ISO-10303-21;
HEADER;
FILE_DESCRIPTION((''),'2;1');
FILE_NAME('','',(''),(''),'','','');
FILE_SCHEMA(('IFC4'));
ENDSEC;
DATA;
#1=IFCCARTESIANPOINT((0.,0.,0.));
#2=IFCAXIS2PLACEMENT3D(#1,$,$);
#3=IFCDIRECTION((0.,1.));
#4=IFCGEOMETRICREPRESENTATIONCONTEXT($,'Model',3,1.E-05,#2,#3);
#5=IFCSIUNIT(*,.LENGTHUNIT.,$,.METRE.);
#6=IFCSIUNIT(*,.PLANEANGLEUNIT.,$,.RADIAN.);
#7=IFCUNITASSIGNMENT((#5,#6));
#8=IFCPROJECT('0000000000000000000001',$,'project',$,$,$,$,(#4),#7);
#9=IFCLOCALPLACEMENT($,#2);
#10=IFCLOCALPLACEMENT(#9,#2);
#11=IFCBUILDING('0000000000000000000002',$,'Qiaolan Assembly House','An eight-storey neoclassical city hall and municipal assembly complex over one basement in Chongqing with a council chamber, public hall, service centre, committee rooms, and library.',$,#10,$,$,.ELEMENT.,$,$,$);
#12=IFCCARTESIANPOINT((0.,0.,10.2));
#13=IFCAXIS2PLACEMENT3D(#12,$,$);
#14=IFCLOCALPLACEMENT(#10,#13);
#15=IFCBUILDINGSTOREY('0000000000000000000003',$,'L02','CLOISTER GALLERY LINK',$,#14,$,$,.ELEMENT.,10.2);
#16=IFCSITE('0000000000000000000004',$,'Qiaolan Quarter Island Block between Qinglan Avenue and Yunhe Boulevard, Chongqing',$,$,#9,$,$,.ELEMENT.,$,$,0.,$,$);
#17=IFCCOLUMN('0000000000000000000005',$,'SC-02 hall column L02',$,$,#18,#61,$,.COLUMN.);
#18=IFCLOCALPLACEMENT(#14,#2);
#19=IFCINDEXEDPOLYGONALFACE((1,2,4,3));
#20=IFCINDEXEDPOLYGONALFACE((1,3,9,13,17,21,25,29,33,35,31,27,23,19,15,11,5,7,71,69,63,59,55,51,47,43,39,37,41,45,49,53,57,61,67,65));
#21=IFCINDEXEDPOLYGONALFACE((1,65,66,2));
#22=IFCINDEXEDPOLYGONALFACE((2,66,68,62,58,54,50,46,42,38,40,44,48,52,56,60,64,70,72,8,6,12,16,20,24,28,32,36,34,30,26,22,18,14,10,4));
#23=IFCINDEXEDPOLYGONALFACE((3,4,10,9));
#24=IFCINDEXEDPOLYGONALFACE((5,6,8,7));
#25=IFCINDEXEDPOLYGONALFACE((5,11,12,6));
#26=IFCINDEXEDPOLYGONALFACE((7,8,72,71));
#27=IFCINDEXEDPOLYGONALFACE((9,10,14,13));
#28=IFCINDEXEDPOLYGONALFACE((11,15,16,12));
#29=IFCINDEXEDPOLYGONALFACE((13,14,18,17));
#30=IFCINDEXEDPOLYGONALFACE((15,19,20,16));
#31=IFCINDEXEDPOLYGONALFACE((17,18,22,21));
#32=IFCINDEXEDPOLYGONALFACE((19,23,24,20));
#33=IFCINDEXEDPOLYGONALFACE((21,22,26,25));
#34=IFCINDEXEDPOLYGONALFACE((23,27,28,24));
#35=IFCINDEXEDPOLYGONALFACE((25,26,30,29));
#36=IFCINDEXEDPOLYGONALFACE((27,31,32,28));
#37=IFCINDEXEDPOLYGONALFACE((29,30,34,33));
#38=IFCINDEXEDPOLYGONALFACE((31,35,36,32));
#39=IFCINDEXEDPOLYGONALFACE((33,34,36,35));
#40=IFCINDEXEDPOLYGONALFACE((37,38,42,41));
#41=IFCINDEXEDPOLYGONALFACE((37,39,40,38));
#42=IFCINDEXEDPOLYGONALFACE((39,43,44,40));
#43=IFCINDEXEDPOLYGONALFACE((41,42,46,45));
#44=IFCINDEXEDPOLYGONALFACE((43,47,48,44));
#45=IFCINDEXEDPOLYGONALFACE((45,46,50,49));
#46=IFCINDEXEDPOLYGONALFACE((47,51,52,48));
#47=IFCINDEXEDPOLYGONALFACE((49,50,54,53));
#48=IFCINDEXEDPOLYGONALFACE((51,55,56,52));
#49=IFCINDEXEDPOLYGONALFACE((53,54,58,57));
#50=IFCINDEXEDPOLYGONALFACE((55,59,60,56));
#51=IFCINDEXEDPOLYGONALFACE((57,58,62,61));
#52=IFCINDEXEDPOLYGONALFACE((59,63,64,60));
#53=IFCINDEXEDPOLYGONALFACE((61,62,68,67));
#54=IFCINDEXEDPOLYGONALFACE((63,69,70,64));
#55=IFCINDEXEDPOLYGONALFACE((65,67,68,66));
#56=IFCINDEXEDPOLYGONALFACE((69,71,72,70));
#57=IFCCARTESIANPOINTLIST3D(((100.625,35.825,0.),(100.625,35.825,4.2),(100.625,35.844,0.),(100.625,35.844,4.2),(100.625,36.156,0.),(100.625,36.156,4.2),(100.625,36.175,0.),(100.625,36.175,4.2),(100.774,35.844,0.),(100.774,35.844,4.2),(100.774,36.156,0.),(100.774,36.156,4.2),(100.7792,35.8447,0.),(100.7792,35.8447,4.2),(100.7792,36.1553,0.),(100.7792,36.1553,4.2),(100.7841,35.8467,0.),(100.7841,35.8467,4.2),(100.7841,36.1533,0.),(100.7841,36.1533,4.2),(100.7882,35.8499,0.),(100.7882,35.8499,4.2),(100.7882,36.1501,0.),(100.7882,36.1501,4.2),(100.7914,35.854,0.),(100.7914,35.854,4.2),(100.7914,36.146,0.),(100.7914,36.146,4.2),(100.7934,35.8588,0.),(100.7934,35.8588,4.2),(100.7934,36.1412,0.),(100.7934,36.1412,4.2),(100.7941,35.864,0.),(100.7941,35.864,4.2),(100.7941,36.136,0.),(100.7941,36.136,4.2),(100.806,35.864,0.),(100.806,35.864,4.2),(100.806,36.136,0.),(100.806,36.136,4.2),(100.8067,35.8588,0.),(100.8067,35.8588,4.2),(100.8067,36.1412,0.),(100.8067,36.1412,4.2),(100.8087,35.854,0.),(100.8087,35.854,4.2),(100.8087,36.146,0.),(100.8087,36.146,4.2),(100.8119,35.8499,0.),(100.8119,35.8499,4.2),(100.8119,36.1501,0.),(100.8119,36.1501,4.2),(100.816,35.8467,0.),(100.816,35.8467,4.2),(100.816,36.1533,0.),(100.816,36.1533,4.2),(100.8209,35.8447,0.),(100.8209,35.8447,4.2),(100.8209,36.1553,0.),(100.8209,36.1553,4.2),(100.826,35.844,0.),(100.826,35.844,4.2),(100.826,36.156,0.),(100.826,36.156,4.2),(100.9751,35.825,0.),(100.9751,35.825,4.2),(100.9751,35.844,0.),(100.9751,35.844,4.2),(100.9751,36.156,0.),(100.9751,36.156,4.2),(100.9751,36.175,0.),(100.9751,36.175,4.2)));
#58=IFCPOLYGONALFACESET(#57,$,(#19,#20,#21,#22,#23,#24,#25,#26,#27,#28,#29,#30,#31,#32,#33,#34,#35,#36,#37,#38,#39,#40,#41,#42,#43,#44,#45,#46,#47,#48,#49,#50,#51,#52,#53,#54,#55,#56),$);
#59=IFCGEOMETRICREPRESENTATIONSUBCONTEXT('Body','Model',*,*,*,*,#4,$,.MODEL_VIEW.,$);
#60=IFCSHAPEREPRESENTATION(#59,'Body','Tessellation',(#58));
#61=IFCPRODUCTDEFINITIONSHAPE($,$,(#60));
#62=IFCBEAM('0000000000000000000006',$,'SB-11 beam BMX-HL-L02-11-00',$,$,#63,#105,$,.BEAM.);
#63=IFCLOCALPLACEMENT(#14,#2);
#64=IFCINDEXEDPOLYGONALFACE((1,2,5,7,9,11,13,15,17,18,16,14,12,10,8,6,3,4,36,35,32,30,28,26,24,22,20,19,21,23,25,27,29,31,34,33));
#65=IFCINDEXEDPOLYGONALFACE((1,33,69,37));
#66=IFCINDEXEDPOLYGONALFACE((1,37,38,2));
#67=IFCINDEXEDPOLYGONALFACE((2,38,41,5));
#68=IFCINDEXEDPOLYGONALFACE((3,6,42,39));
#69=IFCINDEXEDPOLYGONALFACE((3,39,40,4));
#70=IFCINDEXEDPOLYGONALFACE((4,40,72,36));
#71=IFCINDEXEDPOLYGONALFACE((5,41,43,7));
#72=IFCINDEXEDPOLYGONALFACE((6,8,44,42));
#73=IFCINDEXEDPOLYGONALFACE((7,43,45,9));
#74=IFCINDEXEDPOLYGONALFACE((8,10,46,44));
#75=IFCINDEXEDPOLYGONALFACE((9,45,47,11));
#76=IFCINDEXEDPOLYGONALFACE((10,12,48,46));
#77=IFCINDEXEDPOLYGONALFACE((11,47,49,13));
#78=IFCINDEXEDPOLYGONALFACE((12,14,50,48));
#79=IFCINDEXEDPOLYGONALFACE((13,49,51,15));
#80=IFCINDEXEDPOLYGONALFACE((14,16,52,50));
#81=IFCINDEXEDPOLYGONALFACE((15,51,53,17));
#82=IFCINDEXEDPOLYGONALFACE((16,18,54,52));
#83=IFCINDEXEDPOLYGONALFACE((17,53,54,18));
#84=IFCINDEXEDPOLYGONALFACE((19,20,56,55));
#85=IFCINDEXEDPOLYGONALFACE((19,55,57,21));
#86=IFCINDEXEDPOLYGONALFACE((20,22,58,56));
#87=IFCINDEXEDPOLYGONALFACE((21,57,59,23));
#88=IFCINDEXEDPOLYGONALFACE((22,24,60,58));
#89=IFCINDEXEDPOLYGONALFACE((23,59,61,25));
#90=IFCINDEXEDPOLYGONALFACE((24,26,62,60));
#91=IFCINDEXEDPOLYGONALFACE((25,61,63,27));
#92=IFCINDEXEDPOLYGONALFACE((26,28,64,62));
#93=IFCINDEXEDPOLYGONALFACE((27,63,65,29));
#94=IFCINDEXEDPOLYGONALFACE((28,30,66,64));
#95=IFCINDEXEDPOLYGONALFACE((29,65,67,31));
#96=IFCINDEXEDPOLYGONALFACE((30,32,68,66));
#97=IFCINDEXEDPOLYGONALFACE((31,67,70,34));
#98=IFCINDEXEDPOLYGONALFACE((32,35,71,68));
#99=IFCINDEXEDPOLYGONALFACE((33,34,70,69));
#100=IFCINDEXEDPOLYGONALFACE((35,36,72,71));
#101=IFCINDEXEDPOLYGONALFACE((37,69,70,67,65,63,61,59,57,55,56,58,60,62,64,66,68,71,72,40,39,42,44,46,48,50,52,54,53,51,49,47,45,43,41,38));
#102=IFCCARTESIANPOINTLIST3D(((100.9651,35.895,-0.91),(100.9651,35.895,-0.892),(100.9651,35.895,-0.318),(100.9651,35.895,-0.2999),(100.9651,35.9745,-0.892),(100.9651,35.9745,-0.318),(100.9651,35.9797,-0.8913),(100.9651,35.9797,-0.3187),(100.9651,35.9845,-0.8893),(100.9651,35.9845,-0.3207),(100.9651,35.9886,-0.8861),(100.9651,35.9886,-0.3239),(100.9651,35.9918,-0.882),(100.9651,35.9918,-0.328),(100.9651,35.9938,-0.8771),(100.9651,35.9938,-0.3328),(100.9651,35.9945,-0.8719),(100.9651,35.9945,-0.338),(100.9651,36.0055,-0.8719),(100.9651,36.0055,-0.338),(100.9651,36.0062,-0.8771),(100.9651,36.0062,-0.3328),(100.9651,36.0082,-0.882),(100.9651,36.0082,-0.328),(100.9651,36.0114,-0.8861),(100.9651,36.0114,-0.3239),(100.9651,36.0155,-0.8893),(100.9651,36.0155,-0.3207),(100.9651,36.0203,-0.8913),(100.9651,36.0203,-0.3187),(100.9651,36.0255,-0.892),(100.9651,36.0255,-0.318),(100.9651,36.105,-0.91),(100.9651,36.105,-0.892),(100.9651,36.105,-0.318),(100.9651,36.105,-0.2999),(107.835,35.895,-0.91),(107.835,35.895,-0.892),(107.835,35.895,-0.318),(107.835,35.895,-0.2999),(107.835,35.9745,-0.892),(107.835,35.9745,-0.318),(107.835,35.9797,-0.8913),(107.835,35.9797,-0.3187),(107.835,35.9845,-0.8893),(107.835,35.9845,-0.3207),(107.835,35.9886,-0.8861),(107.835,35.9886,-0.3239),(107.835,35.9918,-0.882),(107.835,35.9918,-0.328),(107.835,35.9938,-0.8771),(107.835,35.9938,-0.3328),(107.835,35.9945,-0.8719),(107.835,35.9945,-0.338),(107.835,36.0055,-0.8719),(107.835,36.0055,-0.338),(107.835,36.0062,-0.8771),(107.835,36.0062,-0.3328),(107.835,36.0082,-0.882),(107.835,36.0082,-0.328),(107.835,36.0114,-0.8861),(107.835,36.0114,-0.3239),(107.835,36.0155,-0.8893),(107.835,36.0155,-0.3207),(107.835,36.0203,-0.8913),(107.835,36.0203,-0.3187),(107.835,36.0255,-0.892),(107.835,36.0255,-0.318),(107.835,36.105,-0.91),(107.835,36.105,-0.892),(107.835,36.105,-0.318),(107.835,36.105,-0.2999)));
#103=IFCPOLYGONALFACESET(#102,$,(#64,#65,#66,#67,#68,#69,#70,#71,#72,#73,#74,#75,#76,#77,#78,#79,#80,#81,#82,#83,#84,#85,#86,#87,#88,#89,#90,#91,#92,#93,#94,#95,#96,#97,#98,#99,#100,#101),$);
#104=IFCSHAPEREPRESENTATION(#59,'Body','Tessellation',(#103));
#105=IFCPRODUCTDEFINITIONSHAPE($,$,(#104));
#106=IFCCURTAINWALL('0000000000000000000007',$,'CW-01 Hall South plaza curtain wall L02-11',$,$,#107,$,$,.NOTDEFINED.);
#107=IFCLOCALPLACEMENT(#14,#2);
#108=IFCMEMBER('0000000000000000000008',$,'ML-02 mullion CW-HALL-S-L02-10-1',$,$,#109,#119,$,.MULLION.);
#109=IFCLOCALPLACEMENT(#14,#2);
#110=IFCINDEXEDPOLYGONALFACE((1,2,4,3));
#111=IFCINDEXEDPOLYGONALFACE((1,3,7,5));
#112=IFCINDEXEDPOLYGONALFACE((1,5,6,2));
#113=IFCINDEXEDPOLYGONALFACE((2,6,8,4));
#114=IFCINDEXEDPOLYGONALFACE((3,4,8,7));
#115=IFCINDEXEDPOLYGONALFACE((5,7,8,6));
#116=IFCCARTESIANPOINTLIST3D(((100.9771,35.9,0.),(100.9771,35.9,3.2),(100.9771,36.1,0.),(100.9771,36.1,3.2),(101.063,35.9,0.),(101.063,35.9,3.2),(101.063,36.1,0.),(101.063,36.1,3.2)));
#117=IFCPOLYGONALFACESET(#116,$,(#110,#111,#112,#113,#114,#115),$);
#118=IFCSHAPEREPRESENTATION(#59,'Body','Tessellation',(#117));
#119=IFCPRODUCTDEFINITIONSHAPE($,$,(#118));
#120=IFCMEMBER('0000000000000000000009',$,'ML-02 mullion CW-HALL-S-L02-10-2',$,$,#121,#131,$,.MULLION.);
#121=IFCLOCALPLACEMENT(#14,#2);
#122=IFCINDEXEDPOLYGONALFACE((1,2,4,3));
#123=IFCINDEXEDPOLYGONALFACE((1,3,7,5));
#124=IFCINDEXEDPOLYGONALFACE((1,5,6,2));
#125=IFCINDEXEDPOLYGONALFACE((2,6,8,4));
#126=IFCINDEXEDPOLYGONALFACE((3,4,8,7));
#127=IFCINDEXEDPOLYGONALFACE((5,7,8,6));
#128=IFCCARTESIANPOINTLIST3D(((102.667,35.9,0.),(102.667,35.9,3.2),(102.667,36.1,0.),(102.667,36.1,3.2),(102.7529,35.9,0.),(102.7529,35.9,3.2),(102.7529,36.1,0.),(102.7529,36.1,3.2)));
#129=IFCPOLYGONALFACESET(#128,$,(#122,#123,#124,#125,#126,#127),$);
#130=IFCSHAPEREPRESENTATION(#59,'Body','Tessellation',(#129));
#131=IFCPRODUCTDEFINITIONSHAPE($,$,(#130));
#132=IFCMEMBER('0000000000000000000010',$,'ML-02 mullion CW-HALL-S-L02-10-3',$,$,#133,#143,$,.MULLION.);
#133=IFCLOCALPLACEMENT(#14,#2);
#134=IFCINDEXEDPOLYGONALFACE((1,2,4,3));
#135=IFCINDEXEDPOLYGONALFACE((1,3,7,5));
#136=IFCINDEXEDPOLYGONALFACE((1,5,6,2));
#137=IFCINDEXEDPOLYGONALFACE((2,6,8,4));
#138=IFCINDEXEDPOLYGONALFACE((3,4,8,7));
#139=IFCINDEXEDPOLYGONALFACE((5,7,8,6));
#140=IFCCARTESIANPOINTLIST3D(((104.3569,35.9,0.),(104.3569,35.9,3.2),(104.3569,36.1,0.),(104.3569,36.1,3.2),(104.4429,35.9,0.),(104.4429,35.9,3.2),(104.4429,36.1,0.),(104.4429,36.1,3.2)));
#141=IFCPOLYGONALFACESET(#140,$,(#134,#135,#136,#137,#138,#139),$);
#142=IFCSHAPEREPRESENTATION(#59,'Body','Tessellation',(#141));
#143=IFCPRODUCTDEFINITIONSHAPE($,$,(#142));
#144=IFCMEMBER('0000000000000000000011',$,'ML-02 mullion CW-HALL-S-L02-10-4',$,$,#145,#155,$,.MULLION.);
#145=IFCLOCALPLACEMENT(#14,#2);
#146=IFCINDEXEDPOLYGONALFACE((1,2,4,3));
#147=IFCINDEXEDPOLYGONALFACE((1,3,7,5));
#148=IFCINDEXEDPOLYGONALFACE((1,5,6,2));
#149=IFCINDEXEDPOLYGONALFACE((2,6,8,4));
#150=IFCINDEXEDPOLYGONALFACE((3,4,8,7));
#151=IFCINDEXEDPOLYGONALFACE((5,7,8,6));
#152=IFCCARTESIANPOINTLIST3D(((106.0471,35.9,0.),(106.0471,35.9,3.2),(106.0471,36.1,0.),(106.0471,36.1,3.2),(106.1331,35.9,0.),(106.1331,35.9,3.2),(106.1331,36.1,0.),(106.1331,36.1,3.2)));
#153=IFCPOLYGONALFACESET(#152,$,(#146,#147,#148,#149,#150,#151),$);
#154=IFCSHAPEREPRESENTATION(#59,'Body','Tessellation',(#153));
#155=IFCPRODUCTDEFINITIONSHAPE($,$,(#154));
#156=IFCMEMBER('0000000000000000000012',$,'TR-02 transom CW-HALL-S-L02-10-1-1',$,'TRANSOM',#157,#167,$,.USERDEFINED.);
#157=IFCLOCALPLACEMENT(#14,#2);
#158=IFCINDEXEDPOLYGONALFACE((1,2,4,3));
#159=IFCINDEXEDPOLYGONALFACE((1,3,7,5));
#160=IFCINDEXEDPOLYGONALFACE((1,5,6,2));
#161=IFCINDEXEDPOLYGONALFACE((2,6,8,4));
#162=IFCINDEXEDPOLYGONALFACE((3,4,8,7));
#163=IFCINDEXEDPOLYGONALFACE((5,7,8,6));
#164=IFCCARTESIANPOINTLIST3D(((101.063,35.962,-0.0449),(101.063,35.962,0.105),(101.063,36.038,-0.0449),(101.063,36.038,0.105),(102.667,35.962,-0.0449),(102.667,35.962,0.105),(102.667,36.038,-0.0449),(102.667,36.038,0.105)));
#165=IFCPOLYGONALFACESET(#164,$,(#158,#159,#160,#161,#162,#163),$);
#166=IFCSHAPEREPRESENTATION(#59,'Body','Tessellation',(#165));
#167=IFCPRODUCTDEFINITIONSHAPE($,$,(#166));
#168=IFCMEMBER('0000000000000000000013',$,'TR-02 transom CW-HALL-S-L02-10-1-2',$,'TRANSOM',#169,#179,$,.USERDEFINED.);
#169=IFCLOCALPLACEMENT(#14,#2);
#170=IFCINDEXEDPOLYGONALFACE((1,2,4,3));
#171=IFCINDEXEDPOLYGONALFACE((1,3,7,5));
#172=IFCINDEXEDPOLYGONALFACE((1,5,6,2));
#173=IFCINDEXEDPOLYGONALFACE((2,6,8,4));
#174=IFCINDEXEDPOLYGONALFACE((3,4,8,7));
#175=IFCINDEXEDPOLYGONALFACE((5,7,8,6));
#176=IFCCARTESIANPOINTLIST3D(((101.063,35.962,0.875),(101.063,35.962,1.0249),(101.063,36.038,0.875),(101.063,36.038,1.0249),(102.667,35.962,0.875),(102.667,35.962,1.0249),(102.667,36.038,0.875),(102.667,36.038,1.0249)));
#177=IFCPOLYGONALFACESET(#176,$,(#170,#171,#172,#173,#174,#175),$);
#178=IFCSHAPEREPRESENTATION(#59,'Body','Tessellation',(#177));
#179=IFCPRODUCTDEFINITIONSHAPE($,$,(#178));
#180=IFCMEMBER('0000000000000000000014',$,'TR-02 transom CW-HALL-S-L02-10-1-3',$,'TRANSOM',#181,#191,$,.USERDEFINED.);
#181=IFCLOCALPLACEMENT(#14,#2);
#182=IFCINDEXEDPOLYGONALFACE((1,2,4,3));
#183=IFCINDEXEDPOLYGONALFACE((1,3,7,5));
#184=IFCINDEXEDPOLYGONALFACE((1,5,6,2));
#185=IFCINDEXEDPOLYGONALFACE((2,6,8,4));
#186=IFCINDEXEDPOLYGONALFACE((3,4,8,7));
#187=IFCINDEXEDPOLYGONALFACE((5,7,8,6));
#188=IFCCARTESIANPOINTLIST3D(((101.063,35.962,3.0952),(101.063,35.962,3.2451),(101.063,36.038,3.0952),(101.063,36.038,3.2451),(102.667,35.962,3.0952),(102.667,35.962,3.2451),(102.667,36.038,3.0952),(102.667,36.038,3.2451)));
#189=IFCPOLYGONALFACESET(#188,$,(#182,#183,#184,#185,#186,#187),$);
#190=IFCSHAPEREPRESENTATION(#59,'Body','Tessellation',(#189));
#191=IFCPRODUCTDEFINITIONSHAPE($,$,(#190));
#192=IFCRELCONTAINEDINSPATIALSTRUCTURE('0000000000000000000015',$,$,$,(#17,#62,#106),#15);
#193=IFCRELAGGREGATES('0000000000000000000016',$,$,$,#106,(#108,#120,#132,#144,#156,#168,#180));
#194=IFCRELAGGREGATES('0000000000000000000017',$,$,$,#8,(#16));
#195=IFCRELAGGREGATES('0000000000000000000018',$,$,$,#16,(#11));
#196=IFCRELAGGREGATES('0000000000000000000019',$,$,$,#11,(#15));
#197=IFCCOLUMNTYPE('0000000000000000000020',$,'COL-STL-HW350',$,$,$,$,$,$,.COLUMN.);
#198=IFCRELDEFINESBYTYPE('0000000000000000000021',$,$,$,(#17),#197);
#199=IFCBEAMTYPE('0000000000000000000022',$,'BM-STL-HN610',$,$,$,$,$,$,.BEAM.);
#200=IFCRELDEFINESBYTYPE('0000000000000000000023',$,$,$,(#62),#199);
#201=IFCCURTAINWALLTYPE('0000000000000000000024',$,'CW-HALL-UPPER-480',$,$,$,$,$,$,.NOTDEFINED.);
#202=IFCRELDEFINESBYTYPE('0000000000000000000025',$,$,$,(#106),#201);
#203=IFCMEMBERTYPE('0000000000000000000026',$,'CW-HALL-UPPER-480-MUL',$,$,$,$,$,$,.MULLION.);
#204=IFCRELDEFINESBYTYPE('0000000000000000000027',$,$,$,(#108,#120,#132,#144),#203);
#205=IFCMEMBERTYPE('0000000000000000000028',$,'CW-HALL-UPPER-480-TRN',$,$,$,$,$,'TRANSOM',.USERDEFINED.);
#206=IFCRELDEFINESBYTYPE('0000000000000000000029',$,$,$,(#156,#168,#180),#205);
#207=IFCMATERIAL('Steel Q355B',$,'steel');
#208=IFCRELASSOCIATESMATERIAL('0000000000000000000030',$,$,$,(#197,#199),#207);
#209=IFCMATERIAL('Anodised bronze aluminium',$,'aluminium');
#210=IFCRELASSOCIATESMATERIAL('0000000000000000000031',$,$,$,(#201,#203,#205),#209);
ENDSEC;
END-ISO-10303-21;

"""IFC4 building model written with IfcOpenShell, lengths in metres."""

from ifc_helpers import new_model, si_unit, direction, frame, origin, origin_2d, place, context, subcontext, project, spatial, rectangle, i_section, extrude, material, material_profile, profile_set, type_object, element, aggregate, save


model = new_model("IFC4")

# Units and contexts
model_context = context("Model", 3, precision=1e-05, world=origin(), true_north=direction((0.0, 1.0)))
body_context = subcontext(model_context, "Body", "Model", "MODEL_VIEW")
ifc_project = project(units=[si_unit("LENGTHUNIT", "METRE"), si_unit("PLANEANGLEUNIT", "RADIAN")], contexts=[model_context])

# Site, building, storey
site_placement = place(None, origin())
site = spatial("IfcSite", under=ifc_project, at=site_placement, Name="Qiaolan Quarter Island Block between Qinglan Avenue and Yunhe Boulevard, Chongqing", CompositionType="ELEMENT", RefElevation=0.0)
building_placement = place(site_placement, origin())
building = spatial("IfcBuilding", under=site, at=building_placement, Name="Qiaolan Assembly House", Description="An eight-storey neoclassical city hall and municipal assembly complex over one basement in Chongqing with a council chamber, public hall, service centre, committee rooms, and library.", CompositionType="ELEMENT")
storey_placement = place(building_placement, frame((0.0, 0.0, 10.2)))
storey = spatial("IfcBuildingStorey", under=building, at=storey_placement, Name="L02", Description="CLOISTER GALLERY LINK", CompositionType="ELEMENT", Elevation=10.2)

# Column
ifc_material_1 = material(Name="Steel Q355B", Category="steel")
ifc_material_profile_1 = material_profile(ifc_material_1, i_section(OverallWidth=0.3501, OverallDepth=0.3501, WebThickness=0.012, FlangeThickness=0.019, FilletRadius=0.02, at=origin_2d()), Name="HW 350x350x12x19")
ifc_profile_set_1 = profile_set([ifc_material_profile_1], Name="Steel Q355B")
column_type = type_object("IfcColumnType", Name="COL-STL-HW350", PredefinedType="COLUMN", material=ifc_profile_set_1)
column_placement = place(storey_placement, frame((100.8, 36.0, 0.0), z_axis=(0.0, 0.0, 1.0), x_axis=(1.0, 0.0, 0.0)))
element("IfcColumn", 1, at=column_placement, inside=storey, type_object=column_type, Name="SC-02 hall column L02", PredefinedType="COLUMN", context=body_context, shape_type="SweptSolid", body=[
    extrude(i_section(OverallWidth=0.3501, OverallDepth=0.3501, WebThickness=0.012, FlangeThickness=0.019, FilletRadius=0.02, at=origin_2d()), origin(), (0.0, 0.0, 1.0), 4.2),
])

# Beam
ifc_material_profile_2 = material_profile(ifc_material_1, i_section(OverallWidth=0.21, OverallDepth=0.6101, WebThickness=0.011, FlangeThickness=0.0181, FilletRadius=0.02, at=origin_2d()), Name="HN 610x210x11x18")
ifc_profile_set_2 = profile_set([ifc_material_profile_2], Name="Steel Q355B")
beam_type = type_object("IfcBeamType", Name="BM-STL-HN610", PredefinedType="BEAM", material=ifc_profile_set_2)
beam_placement = place(storey_placement, frame((100.9651, 36.0, -0.605), z_axis=(1.0, 0.0, 0.0), x_axis=(0.0, 1.0, 0.0)))
element("IfcBeam", 2, at=beam_placement, inside=storey, type_object=beam_type, Name="SB-11 beam BMX-HL-L02-11-00", PredefinedType="BEAM", context=body_context, shape_type="SweptSolid", body=[
    extrude(i_section(OverallWidth=0.21, OverallDepth=0.6101, WebThickness=0.011, FlangeThickness=0.0181, FilletRadius=0.02, at=origin_2d()), origin(), (0.0, 0.0, 1.0), 6.8699),
])

# Curtain wall, members
ifc_material_2 = material(Name="Anodised bronze aluminium", Category="aluminium")
curtain_wall_type = type_object("IfcCurtainWallType", Name="CW-HALL-UPPER-480", PredefinedType="NOTDEFINED", material=ifc_material_2)
curtain_wall_placement = place(storey_placement, origin())
curtain_wall = element("IfcCurtainWall", 3, at=curtain_wall_placement, inside=storey, type_object=curtain_wall_type, Name="CW-01 Hall South plaza curtain wall L02-11", PredefinedType="NOTDEFINED")
ifc_material_profile_3 = material_profile(ifc_material_2, rectangle(XDim=0.0859, YDim=0.2, at=origin_2d()), Name="MUL 86x200")
ifc_profile_set_3 = profile_set([ifc_material_profile_3], Name="Anodised bronze aluminium")
member_type_1 = type_object("IfcMemberType", Name="CW-HALL-UPPER-480-MUL", PredefinedType="MULLION", material=ifc_profile_set_3)
member_1_placement = place(storey_placement, frame((101.02, 36.0, 0.0), z_axis=(0.0, 0.0, 1.0), x_axis=(1.0, 0.0, 0.0)))
member_1 = element("IfcMember", 4, at=member_1_placement, type_object=member_type_1, Name="ML-02 mullion CW-HALL-S-L02-10-1", PredefinedType="MULLION", context=body_context, shape_type="SweptSolid", body=[
    extrude(rectangle(XDim=0.0859, YDim=0.2, at=origin_2d()), origin(), (0.0, 0.0, 1.0), 3.2),
])
member_2_placement = place(storey_placement, frame((102.71, 36.0, 0.0), z_axis=(0.0, 0.0, 1.0), x_axis=(1.0, 0.0, 0.0)))
member_2 = element("IfcMember", 5, at=member_2_placement, type_object=member_type_1, Name="ML-02 mullion CW-HALL-S-L02-10-2", PredefinedType="MULLION", context=body_context, shape_type="SweptSolid", body=[
    extrude(rectangle(XDim=0.0859, YDim=0.2, at=origin_2d()), origin(), (0.0, 0.0, 1.0), 3.2),
])
member_3_placement = place(storey_placement, frame((104.3999, 36.0, 0.0), z_axis=(0.0, 0.0, 1.0), x_axis=(1.0, 0.0, 0.0)))
member_3 = element("IfcMember", 6, at=member_3_placement, type_object=member_type_1, Name="ML-02 mullion CW-HALL-S-L02-10-3", PredefinedType="MULLION", context=body_context, shape_type="SweptSolid", body=[
    extrude(rectangle(XDim=0.0859, YDim=0.2, at=origin_2d()), origin(), (0.0, 0.0, 1.0), 3.2),
])
member_4_placement = place(storey_placement, frame((106.0901, 36.0, 0.0), z_axis=(0.0, 0.0, 1.0), x_axis=(1.0, 0.0, 0.0)))
member_4 = element("IfcMember", 7, at=member_4_placement, type_object=member_type_1, Name="ML-02 mullion CW-HALL-S-L02-10-4", PredefinedType="MULLION", context=body_context, shape_type="SweptSolid", body=[
    extrude(rectangle(XDim=0.0859, YDim=0.2, at=origin_2d()), origin(), (0.0, 0.0, 1.0), 3.2),
])
ifc_material_profile_4 = material_profile(ifc_material_2, rectangle(XDim=0.0759, YDim=0.1499, at=origin_2d()), Name="TRN 76x150")
ifc_profile_set_4 = profile_set([ifc_material_profile_4], Name="Anodised bronze aluminium")
member_type_2 = type_object("IfcMemberType", Name="CW-HALL-UPPER-480-TRN", ElementType="TRANSOM", PredefinedType="USERDEFINED", material=ifc_profile_set_4)
member_5_placement = place(storey_placement, frame((101.063, 36.0, 0.03), z_axis=(1.0, 0.0, 0.0), x_axis=(0.0, 1.0, 0.0)))
member_5 = element("IfcMember", 8, at=member_5_placement, type_object=member_type_2, Name="TR-02 transom CW-HALL-S-L02-10-1-1", ObjectType="TRANSOM", PredefinedType="USERDEFINED", context=body_context, shape_type="SweptSolid", body=[
    extrude(rectangle(XDim=0.0759, YDim=0.1499, at=origin_2d()), origin(), (0.0, 0.0, 1.0), 1.604),
])
member_6_placement = place(storey_placement, frame((101.063, 36.0, 0.95), z_axis=(1.0, 0.0, 0.0), x_axis=(0.0, 1.0, 0.0)))
member_6 = element("IfcMember", 9, at=member_6_placement, type_object=member_type_2, Name="TR-02 transom CW-HALL-S-L02-10-1-2", ObjectType="TRANSOM", PredefinedType="USERDEFINED", context=body_context, shape_type="SweptSolid", body=[
    extrude(rectangle(XDim=0.0759, YDim=0.1499, at=origin_2d()), origin(), (0.0, 0.0, 1.0), 1.604),
])
member_7_placement = place(storey_placement, frame((101.063, 36.0, 3.1702), z_axis=(1.0, 0.0, 0.0), x_axis=(0.0, 1.0, 0.0)))
member_7 = element("IfcMember", 10, at=member_7_placement, type_object=member_type_2, Name="TR-02 transom CW-HALL-S-L02-10-1-3", ObjectType="TRANSOM", PredefinedType="USERDEFINED", context=body_context, shape_type="SweptSolid", body=[
    extrude(rectangle(XDim=0.0759, YDim=0.1499, at=origin_2d()), origin(), (0.0, 0.0, 1.0), 1.604),
])
aggregate(curtain_wall, [member_1, member_2, member_3, member_4, member_5, member_6, member_7])

save(model, "model.ifc")
